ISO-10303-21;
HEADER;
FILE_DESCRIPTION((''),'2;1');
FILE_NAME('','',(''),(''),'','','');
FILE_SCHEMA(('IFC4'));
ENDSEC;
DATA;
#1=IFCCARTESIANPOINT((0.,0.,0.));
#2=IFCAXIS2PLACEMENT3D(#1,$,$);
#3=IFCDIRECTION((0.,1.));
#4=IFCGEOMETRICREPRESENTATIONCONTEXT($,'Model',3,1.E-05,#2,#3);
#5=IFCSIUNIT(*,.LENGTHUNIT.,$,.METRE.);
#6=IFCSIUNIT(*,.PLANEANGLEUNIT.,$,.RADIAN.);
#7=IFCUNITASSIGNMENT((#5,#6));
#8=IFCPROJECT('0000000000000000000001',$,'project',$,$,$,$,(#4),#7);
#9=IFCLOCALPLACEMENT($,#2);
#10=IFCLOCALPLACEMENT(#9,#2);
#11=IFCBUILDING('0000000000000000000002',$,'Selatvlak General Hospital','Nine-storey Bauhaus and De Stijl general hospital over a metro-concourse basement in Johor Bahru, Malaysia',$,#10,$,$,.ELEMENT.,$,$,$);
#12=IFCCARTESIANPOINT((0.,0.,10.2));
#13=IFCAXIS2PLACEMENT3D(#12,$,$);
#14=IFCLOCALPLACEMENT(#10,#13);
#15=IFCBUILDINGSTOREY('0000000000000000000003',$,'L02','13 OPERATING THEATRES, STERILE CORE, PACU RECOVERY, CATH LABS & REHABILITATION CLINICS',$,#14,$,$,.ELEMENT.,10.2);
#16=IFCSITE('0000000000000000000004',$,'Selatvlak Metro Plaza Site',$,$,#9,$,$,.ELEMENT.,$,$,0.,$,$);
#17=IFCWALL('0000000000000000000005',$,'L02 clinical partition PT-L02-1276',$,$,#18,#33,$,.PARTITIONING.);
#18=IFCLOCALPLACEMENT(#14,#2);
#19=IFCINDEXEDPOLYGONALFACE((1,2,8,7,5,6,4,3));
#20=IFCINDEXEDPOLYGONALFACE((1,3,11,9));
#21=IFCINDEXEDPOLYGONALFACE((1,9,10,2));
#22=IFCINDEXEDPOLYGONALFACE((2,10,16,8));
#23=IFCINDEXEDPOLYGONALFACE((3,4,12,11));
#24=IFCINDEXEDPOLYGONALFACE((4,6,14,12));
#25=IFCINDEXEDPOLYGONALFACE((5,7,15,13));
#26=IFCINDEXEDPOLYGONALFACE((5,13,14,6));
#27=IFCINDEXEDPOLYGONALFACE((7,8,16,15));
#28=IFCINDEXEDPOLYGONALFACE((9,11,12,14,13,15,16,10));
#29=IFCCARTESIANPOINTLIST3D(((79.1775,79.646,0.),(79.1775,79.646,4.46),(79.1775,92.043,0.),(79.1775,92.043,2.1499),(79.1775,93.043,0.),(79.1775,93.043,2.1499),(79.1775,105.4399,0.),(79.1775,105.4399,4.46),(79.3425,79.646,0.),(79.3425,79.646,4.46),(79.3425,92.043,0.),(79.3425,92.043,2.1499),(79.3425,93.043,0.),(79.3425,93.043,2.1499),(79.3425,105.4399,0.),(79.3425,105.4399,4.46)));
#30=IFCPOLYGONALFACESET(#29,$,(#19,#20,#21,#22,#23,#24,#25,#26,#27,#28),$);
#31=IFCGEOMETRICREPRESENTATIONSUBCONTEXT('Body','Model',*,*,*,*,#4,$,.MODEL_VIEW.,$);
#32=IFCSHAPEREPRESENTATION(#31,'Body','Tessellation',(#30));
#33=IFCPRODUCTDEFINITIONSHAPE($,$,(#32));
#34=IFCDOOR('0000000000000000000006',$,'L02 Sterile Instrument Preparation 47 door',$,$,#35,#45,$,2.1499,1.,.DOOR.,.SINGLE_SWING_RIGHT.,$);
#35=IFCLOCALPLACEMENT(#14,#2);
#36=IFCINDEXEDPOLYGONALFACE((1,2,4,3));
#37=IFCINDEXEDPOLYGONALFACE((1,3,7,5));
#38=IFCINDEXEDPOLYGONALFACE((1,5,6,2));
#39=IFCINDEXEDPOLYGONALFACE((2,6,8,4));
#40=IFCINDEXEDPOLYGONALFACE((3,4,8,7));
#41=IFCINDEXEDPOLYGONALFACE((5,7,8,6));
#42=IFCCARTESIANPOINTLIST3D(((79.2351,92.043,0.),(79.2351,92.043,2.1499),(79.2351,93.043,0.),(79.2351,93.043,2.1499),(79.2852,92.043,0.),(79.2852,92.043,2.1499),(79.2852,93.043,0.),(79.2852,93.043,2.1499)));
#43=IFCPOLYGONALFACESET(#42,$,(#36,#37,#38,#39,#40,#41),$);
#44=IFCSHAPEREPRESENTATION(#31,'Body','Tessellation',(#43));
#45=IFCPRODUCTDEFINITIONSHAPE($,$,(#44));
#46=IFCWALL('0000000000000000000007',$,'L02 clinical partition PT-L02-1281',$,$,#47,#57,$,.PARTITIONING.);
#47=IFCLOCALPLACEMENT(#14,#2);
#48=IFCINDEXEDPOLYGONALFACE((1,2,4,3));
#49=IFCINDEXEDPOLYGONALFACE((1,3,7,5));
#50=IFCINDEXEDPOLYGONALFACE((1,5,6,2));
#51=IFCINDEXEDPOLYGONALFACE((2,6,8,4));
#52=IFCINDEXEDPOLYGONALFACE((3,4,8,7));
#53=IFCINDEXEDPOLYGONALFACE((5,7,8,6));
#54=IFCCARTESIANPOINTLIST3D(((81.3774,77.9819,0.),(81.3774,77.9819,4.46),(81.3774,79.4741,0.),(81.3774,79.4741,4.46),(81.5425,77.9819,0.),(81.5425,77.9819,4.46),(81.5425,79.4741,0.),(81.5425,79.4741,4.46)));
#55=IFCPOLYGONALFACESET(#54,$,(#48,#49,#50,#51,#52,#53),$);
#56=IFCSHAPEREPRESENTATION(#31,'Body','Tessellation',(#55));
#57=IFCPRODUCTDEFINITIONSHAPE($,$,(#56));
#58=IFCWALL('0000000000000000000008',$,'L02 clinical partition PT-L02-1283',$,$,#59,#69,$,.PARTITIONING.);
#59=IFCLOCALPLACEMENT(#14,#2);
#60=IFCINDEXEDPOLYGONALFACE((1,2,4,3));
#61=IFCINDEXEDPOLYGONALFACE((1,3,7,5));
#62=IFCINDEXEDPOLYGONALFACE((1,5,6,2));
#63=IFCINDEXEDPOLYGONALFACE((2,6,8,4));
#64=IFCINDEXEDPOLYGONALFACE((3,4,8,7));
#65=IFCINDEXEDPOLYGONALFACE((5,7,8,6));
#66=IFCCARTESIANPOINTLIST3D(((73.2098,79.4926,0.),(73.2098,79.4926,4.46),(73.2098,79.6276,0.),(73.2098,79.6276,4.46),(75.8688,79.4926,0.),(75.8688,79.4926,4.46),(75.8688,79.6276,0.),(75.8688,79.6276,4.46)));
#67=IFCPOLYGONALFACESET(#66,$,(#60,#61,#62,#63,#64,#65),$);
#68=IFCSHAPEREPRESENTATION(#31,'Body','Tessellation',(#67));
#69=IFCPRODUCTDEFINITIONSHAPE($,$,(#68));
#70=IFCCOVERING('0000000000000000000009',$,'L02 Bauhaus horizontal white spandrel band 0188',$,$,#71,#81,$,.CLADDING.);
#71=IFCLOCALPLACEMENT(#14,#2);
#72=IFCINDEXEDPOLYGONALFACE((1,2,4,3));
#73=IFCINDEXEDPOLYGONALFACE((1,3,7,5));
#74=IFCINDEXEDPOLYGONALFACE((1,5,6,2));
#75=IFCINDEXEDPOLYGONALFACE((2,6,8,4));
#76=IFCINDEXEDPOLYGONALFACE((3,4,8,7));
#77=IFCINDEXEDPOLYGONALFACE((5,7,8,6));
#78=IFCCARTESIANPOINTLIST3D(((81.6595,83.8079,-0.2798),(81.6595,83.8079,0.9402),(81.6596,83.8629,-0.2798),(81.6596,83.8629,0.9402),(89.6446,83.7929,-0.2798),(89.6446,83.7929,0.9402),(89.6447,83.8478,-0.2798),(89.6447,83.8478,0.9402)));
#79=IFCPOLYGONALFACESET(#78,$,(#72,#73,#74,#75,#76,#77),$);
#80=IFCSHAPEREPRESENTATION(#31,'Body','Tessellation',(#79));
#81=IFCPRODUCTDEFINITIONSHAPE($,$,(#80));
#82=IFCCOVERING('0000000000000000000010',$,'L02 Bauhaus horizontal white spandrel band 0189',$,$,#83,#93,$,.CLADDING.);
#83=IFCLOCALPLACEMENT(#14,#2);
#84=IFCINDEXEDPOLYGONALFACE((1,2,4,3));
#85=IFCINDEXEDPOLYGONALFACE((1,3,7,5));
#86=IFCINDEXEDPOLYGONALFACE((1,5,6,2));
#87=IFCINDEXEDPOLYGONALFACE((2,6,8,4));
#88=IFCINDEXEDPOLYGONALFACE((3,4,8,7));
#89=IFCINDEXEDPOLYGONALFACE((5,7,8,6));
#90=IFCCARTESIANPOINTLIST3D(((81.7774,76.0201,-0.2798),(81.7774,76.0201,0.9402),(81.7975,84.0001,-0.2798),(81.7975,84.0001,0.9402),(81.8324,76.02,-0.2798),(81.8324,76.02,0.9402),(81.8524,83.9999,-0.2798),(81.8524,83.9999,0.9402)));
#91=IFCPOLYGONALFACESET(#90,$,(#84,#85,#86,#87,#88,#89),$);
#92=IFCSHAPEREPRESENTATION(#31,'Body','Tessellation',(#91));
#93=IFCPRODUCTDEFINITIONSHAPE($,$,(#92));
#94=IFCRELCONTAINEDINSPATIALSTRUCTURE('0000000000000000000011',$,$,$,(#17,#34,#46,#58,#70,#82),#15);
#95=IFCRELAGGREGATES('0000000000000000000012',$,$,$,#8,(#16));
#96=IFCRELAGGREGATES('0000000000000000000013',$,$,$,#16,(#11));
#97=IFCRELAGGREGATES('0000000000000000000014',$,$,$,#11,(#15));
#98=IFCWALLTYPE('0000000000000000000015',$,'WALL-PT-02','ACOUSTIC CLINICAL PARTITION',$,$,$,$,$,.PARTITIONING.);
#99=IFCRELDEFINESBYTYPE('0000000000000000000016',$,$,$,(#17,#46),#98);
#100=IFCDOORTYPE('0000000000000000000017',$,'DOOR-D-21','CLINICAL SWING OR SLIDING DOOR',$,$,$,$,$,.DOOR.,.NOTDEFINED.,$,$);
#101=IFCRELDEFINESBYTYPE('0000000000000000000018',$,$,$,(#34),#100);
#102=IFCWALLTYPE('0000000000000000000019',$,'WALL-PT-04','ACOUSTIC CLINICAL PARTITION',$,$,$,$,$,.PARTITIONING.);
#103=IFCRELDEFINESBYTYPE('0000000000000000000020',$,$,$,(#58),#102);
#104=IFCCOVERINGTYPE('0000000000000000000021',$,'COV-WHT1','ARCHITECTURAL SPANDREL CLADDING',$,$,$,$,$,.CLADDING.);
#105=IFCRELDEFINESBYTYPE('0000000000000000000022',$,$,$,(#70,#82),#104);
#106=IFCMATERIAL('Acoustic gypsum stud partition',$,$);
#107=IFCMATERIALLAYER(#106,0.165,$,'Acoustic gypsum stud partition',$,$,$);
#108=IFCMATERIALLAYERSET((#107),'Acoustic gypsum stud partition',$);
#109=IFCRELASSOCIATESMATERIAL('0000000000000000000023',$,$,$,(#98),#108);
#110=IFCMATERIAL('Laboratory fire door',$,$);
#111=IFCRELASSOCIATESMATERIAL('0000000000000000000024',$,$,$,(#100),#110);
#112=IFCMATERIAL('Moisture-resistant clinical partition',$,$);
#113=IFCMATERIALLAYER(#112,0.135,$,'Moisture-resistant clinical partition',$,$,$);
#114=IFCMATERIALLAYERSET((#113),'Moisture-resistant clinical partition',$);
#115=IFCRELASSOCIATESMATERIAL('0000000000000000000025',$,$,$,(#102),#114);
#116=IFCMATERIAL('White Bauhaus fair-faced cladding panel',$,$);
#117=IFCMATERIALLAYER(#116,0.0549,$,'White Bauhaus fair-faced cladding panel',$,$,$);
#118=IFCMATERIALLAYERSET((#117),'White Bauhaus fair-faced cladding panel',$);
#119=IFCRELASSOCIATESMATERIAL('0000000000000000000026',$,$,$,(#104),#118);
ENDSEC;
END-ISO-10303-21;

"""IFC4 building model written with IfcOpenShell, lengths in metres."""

from ifc_helpers import new_model, si_unit, direction, frame, frame_2d, origin, origin_2d, place, context, subcontext, project, spatial, rectangle, extrude, material, layer, layer_set, type_object, element, fill, save


model = new_model("IFC4")

# Units and contexts
model_context = context("Model", 3, precision=1e-05, world=origin(), true_north=direction((0.0, 1.0)))
body_context = subcontext(model_context, "Body", "Model", "MODEL_VIEW")
ifc_project = project(units=[si_unit("LENGTHUNIT", "METRE"), si_unit("PLANEANGLEUNIT", "RADIAN")], contexts=[model_context])

# Site, building, storey
site_placement = place(None, origin())
site = spatial("IfcSite", under=ifc_project, at=site_placement, Name="Selatvlak Metro Plaza Site", CompositionType="ELEMENT", RefElevation=0.0)
building_placement = place(site_placement, origin())
building = spatial("IfcBuilding", under=site, at=building_placement, Name="Selatvlak General Hospital", Description="Nine-storey Bauhaus and De Stijl general hospital over a metro-concourse basement in Johor Bahru, Malaysia", CompositionType="ELEMENT")
storey_placement = place(building_placement, frame((0.0, 0.0, 10.2)))
storey = spatial("IfcBuildingStorey", under=building, at=storey_placement, Name="L02", Description="13 OPERATING THEATRES, STERILE CORE, PACU RECOVERY, CATH LABS & REHABILITATION CLINICS", CompositionType="ELEMENT", Elevation=10.2)

# Shared definitions
ifc_material_1 = material(Name="Acoustic gypsum stud partition")

# Wall, opening, door
ifc_layer_1 = layer(ifc_material_1, 0.165, Name="Acoustic gypsum stud partition")
ifc_layer_set_1 = layer_set([ifc_layer_1], Name="Acoustic gypsum stud partition")
wall_type_1 = type_object("IfcWallType", Name="WALL-PT-02", Description="ACOUSTIC CLINICAL PARTITION", PredefinedType="PARTITIONING", material=ifc_layer_set_1)
wall_1_placement = place(storey_placement, frame((79.26, 79.646, 0.0), z_axis=(0.0, 0.0, 1.0), x_axis=(0.0, 1.0, 0.0)))
wall_1 = element("IfcWall", 1, at=wall_1_placement, inside=storey, type_object=wall_type_1, Name="L02 clinical partition PT-L02-1276", PredefinedType="PARTITIONING", context=body_context, shape_type="SweptSolid", body=[
    extrude(rectangle(XDim=25.7939, YDim=0.165, at=frame_2d((12.897, 0.0))), origin(), (0.0, 0.0, 1.0), 4.46),
])
opening_1_placement = place(wall_1_placement, frame((12.397, 0.0, 0.0)))
opening_1 = element("IfcOpeningElement", 2, at=opening_1_placement, cuts=wall_1, PredefinedType="OPENING", context=body_context, shape_type="SweptSolid", body=[
    extrude(rectangle(XDim=1.0, YDim=2.1499, at=frame_2d((0.5, 1.075))), frame((0.0, 0.0925, 0.0), z_axis=(0.0, -1.0, 0.0), x_axis=(1.0, 0.0, 0.0)), (0.0, 0.0, 1.0), 0.1851),
])
ifc_material_2 = material(Name="Laboratory fire door")
door_type = type_object("IfcDoorType", Name="DOOR-D-21", Description="CLINICAL SWING OR SLIDING DOOR", OperationType="NOTDEFINED", PredefinedType="DOOR", material=ifc_material_2)
door_placement = place(opening_1_placement, origin())
door = element("IfcDoor", 3, at=door_placement, inside=storey, type_object=door_type, Name="L02 Sterile Instrument Preparation 47 door", OperationType="SINGLE_SWING_RIGHT", OverallHeight=2.1499, OverallWidth=1.0, PredefinedType="DOOR", context=body_context, shape_type="SweptSolid", body=[
    extrude(rectangle(XDim=1.0, YDim=2.1499, at=frame_2d((0.5, 1.075))), frame((0.0, 0.0249, 0.0), z_axis=(0.0, -1.0, 0.0), x_axis=(1.0, 0.0, 0.0)), (0.0, 0.0, 1.0), 0.05),
])
fill(opening_1, door)

# Walls
wall_2_placement = place(storey_placement, frame((81.46, 79.4741, 0.0), z_axis=(0.0, 0.0, 1.0), x_axis=(0.0, -1.0, 0.0)))
element("IfcWall", 4, at=wall_2_placement, inside=storey, type_object=wall_type_1, Name="L02 clinical partition PT-L02-1281", PredefinedType="PARTITIONING", context=body_context, shape_type="SweptSolid", body=[
    extrude(rectangle(XDim=1.4922, YDim=0.165, at=frame_2d((0.7461, 0.0))), origin(), (0.0, 0.0, 1.0), 4.46),
])
ifc_material_3 = material(Name="Moisture-resistant clinical partition")
ifc_layer_2 = layer(ifc_material_3, 0.135, Name="Moisture-resistant clinical partition")
ifc_layer_set_2 = layer_set([ifc_layer_2], Name="Moisture-resistant clinical partition")
wall_type_2 = type_object("IfcWallType", Name="WALL-PT-04", Description="ACOUSTIC CLINICAL PARTITION", PredefinedType="PARTITIONING", material=ifc_layer_set_2)
wall_3_placement = place(storey_placement, frame((75.8689, 79.5601, 0.0), z_axis=(0.0, 0.0, 1.0), x_axis=(-1.0, 0.0, 0.0)))
element("IfcWall", 5, at=wall_3_placement, inside=storey, type_object=wall_type_2, Name="L02 clinical partition PT-L02-1283", PredefinedType="PARTITIONING", context=body_context, shape_type="SweptSolid", body=[
    extrude(rectangle(XDim=2.6589, YDim=0.135, at=frame_2d((1.3296, 0.0))), origin(), (0.0, 0.0, 1.0), 4.46),
])

# Coverings
ifc_material_4 = material(Name="White Bauhaus fair-faced cladding panel")
ifc_layer_3 = layer(ifc_material_4, 0.0549, Name="White Bauhaus fair-faced cladding panel")
ifc_layer_set_3 = layer_set([ifc_layer_3], Name="White Bauhaus fair-faced cladding panel")
covering_type = type_object("IfcCoveringType", Name="COV-WHT1", Description="ARCHITECTURAL SPANDREL CLADDING", PredefinedType="CLADDING", material=ifc_layer_set_3)
covering_1_placement = place(storey_placement, frame((85.6521, 83.8279, -0.2798), z_axis=(0.0, 0.0, 1.0), x_axis=(-0.999998, 0.001885, 0.0)))
element("IfcCovering", 6, at=covering_1_placement, inside=storey, type_object=covering_type, Name="L02 Bauhaus horizontal white spandrel band 0188", PredefinedType="CLADDING", context=body_context, shape_type="SweptSolid", body=[
    extrude(rectangle(XDim=7.9851, YDim=0.0549, at=origin_2d()), origin(), (0.0, 0.0, 1.0), 1.22),
])
covering_2_placement = place(storey_placement, frame((81.8149, 80.01, -0.2798), z_axis=(0.0, 0.0, 1.0), x_axis=(-0.002513, -0.999997, 0.0)))
element("IfcCovering", 7, at=covering_2_placement, inside=storey, type_object=covering_type, Name="L02 Bauhaus horizontal white spandrel band 0189", PredefinedType="CLADDING", context=body_context, shape_type="SweptSolid", body=[
    extrude(rectangle(XDim=7.98, YDim=0.0549, at=origin_2d()), origin(), (0.0, 0.0, 1.0), 1.22),
])

save(model, "model.ifc")
